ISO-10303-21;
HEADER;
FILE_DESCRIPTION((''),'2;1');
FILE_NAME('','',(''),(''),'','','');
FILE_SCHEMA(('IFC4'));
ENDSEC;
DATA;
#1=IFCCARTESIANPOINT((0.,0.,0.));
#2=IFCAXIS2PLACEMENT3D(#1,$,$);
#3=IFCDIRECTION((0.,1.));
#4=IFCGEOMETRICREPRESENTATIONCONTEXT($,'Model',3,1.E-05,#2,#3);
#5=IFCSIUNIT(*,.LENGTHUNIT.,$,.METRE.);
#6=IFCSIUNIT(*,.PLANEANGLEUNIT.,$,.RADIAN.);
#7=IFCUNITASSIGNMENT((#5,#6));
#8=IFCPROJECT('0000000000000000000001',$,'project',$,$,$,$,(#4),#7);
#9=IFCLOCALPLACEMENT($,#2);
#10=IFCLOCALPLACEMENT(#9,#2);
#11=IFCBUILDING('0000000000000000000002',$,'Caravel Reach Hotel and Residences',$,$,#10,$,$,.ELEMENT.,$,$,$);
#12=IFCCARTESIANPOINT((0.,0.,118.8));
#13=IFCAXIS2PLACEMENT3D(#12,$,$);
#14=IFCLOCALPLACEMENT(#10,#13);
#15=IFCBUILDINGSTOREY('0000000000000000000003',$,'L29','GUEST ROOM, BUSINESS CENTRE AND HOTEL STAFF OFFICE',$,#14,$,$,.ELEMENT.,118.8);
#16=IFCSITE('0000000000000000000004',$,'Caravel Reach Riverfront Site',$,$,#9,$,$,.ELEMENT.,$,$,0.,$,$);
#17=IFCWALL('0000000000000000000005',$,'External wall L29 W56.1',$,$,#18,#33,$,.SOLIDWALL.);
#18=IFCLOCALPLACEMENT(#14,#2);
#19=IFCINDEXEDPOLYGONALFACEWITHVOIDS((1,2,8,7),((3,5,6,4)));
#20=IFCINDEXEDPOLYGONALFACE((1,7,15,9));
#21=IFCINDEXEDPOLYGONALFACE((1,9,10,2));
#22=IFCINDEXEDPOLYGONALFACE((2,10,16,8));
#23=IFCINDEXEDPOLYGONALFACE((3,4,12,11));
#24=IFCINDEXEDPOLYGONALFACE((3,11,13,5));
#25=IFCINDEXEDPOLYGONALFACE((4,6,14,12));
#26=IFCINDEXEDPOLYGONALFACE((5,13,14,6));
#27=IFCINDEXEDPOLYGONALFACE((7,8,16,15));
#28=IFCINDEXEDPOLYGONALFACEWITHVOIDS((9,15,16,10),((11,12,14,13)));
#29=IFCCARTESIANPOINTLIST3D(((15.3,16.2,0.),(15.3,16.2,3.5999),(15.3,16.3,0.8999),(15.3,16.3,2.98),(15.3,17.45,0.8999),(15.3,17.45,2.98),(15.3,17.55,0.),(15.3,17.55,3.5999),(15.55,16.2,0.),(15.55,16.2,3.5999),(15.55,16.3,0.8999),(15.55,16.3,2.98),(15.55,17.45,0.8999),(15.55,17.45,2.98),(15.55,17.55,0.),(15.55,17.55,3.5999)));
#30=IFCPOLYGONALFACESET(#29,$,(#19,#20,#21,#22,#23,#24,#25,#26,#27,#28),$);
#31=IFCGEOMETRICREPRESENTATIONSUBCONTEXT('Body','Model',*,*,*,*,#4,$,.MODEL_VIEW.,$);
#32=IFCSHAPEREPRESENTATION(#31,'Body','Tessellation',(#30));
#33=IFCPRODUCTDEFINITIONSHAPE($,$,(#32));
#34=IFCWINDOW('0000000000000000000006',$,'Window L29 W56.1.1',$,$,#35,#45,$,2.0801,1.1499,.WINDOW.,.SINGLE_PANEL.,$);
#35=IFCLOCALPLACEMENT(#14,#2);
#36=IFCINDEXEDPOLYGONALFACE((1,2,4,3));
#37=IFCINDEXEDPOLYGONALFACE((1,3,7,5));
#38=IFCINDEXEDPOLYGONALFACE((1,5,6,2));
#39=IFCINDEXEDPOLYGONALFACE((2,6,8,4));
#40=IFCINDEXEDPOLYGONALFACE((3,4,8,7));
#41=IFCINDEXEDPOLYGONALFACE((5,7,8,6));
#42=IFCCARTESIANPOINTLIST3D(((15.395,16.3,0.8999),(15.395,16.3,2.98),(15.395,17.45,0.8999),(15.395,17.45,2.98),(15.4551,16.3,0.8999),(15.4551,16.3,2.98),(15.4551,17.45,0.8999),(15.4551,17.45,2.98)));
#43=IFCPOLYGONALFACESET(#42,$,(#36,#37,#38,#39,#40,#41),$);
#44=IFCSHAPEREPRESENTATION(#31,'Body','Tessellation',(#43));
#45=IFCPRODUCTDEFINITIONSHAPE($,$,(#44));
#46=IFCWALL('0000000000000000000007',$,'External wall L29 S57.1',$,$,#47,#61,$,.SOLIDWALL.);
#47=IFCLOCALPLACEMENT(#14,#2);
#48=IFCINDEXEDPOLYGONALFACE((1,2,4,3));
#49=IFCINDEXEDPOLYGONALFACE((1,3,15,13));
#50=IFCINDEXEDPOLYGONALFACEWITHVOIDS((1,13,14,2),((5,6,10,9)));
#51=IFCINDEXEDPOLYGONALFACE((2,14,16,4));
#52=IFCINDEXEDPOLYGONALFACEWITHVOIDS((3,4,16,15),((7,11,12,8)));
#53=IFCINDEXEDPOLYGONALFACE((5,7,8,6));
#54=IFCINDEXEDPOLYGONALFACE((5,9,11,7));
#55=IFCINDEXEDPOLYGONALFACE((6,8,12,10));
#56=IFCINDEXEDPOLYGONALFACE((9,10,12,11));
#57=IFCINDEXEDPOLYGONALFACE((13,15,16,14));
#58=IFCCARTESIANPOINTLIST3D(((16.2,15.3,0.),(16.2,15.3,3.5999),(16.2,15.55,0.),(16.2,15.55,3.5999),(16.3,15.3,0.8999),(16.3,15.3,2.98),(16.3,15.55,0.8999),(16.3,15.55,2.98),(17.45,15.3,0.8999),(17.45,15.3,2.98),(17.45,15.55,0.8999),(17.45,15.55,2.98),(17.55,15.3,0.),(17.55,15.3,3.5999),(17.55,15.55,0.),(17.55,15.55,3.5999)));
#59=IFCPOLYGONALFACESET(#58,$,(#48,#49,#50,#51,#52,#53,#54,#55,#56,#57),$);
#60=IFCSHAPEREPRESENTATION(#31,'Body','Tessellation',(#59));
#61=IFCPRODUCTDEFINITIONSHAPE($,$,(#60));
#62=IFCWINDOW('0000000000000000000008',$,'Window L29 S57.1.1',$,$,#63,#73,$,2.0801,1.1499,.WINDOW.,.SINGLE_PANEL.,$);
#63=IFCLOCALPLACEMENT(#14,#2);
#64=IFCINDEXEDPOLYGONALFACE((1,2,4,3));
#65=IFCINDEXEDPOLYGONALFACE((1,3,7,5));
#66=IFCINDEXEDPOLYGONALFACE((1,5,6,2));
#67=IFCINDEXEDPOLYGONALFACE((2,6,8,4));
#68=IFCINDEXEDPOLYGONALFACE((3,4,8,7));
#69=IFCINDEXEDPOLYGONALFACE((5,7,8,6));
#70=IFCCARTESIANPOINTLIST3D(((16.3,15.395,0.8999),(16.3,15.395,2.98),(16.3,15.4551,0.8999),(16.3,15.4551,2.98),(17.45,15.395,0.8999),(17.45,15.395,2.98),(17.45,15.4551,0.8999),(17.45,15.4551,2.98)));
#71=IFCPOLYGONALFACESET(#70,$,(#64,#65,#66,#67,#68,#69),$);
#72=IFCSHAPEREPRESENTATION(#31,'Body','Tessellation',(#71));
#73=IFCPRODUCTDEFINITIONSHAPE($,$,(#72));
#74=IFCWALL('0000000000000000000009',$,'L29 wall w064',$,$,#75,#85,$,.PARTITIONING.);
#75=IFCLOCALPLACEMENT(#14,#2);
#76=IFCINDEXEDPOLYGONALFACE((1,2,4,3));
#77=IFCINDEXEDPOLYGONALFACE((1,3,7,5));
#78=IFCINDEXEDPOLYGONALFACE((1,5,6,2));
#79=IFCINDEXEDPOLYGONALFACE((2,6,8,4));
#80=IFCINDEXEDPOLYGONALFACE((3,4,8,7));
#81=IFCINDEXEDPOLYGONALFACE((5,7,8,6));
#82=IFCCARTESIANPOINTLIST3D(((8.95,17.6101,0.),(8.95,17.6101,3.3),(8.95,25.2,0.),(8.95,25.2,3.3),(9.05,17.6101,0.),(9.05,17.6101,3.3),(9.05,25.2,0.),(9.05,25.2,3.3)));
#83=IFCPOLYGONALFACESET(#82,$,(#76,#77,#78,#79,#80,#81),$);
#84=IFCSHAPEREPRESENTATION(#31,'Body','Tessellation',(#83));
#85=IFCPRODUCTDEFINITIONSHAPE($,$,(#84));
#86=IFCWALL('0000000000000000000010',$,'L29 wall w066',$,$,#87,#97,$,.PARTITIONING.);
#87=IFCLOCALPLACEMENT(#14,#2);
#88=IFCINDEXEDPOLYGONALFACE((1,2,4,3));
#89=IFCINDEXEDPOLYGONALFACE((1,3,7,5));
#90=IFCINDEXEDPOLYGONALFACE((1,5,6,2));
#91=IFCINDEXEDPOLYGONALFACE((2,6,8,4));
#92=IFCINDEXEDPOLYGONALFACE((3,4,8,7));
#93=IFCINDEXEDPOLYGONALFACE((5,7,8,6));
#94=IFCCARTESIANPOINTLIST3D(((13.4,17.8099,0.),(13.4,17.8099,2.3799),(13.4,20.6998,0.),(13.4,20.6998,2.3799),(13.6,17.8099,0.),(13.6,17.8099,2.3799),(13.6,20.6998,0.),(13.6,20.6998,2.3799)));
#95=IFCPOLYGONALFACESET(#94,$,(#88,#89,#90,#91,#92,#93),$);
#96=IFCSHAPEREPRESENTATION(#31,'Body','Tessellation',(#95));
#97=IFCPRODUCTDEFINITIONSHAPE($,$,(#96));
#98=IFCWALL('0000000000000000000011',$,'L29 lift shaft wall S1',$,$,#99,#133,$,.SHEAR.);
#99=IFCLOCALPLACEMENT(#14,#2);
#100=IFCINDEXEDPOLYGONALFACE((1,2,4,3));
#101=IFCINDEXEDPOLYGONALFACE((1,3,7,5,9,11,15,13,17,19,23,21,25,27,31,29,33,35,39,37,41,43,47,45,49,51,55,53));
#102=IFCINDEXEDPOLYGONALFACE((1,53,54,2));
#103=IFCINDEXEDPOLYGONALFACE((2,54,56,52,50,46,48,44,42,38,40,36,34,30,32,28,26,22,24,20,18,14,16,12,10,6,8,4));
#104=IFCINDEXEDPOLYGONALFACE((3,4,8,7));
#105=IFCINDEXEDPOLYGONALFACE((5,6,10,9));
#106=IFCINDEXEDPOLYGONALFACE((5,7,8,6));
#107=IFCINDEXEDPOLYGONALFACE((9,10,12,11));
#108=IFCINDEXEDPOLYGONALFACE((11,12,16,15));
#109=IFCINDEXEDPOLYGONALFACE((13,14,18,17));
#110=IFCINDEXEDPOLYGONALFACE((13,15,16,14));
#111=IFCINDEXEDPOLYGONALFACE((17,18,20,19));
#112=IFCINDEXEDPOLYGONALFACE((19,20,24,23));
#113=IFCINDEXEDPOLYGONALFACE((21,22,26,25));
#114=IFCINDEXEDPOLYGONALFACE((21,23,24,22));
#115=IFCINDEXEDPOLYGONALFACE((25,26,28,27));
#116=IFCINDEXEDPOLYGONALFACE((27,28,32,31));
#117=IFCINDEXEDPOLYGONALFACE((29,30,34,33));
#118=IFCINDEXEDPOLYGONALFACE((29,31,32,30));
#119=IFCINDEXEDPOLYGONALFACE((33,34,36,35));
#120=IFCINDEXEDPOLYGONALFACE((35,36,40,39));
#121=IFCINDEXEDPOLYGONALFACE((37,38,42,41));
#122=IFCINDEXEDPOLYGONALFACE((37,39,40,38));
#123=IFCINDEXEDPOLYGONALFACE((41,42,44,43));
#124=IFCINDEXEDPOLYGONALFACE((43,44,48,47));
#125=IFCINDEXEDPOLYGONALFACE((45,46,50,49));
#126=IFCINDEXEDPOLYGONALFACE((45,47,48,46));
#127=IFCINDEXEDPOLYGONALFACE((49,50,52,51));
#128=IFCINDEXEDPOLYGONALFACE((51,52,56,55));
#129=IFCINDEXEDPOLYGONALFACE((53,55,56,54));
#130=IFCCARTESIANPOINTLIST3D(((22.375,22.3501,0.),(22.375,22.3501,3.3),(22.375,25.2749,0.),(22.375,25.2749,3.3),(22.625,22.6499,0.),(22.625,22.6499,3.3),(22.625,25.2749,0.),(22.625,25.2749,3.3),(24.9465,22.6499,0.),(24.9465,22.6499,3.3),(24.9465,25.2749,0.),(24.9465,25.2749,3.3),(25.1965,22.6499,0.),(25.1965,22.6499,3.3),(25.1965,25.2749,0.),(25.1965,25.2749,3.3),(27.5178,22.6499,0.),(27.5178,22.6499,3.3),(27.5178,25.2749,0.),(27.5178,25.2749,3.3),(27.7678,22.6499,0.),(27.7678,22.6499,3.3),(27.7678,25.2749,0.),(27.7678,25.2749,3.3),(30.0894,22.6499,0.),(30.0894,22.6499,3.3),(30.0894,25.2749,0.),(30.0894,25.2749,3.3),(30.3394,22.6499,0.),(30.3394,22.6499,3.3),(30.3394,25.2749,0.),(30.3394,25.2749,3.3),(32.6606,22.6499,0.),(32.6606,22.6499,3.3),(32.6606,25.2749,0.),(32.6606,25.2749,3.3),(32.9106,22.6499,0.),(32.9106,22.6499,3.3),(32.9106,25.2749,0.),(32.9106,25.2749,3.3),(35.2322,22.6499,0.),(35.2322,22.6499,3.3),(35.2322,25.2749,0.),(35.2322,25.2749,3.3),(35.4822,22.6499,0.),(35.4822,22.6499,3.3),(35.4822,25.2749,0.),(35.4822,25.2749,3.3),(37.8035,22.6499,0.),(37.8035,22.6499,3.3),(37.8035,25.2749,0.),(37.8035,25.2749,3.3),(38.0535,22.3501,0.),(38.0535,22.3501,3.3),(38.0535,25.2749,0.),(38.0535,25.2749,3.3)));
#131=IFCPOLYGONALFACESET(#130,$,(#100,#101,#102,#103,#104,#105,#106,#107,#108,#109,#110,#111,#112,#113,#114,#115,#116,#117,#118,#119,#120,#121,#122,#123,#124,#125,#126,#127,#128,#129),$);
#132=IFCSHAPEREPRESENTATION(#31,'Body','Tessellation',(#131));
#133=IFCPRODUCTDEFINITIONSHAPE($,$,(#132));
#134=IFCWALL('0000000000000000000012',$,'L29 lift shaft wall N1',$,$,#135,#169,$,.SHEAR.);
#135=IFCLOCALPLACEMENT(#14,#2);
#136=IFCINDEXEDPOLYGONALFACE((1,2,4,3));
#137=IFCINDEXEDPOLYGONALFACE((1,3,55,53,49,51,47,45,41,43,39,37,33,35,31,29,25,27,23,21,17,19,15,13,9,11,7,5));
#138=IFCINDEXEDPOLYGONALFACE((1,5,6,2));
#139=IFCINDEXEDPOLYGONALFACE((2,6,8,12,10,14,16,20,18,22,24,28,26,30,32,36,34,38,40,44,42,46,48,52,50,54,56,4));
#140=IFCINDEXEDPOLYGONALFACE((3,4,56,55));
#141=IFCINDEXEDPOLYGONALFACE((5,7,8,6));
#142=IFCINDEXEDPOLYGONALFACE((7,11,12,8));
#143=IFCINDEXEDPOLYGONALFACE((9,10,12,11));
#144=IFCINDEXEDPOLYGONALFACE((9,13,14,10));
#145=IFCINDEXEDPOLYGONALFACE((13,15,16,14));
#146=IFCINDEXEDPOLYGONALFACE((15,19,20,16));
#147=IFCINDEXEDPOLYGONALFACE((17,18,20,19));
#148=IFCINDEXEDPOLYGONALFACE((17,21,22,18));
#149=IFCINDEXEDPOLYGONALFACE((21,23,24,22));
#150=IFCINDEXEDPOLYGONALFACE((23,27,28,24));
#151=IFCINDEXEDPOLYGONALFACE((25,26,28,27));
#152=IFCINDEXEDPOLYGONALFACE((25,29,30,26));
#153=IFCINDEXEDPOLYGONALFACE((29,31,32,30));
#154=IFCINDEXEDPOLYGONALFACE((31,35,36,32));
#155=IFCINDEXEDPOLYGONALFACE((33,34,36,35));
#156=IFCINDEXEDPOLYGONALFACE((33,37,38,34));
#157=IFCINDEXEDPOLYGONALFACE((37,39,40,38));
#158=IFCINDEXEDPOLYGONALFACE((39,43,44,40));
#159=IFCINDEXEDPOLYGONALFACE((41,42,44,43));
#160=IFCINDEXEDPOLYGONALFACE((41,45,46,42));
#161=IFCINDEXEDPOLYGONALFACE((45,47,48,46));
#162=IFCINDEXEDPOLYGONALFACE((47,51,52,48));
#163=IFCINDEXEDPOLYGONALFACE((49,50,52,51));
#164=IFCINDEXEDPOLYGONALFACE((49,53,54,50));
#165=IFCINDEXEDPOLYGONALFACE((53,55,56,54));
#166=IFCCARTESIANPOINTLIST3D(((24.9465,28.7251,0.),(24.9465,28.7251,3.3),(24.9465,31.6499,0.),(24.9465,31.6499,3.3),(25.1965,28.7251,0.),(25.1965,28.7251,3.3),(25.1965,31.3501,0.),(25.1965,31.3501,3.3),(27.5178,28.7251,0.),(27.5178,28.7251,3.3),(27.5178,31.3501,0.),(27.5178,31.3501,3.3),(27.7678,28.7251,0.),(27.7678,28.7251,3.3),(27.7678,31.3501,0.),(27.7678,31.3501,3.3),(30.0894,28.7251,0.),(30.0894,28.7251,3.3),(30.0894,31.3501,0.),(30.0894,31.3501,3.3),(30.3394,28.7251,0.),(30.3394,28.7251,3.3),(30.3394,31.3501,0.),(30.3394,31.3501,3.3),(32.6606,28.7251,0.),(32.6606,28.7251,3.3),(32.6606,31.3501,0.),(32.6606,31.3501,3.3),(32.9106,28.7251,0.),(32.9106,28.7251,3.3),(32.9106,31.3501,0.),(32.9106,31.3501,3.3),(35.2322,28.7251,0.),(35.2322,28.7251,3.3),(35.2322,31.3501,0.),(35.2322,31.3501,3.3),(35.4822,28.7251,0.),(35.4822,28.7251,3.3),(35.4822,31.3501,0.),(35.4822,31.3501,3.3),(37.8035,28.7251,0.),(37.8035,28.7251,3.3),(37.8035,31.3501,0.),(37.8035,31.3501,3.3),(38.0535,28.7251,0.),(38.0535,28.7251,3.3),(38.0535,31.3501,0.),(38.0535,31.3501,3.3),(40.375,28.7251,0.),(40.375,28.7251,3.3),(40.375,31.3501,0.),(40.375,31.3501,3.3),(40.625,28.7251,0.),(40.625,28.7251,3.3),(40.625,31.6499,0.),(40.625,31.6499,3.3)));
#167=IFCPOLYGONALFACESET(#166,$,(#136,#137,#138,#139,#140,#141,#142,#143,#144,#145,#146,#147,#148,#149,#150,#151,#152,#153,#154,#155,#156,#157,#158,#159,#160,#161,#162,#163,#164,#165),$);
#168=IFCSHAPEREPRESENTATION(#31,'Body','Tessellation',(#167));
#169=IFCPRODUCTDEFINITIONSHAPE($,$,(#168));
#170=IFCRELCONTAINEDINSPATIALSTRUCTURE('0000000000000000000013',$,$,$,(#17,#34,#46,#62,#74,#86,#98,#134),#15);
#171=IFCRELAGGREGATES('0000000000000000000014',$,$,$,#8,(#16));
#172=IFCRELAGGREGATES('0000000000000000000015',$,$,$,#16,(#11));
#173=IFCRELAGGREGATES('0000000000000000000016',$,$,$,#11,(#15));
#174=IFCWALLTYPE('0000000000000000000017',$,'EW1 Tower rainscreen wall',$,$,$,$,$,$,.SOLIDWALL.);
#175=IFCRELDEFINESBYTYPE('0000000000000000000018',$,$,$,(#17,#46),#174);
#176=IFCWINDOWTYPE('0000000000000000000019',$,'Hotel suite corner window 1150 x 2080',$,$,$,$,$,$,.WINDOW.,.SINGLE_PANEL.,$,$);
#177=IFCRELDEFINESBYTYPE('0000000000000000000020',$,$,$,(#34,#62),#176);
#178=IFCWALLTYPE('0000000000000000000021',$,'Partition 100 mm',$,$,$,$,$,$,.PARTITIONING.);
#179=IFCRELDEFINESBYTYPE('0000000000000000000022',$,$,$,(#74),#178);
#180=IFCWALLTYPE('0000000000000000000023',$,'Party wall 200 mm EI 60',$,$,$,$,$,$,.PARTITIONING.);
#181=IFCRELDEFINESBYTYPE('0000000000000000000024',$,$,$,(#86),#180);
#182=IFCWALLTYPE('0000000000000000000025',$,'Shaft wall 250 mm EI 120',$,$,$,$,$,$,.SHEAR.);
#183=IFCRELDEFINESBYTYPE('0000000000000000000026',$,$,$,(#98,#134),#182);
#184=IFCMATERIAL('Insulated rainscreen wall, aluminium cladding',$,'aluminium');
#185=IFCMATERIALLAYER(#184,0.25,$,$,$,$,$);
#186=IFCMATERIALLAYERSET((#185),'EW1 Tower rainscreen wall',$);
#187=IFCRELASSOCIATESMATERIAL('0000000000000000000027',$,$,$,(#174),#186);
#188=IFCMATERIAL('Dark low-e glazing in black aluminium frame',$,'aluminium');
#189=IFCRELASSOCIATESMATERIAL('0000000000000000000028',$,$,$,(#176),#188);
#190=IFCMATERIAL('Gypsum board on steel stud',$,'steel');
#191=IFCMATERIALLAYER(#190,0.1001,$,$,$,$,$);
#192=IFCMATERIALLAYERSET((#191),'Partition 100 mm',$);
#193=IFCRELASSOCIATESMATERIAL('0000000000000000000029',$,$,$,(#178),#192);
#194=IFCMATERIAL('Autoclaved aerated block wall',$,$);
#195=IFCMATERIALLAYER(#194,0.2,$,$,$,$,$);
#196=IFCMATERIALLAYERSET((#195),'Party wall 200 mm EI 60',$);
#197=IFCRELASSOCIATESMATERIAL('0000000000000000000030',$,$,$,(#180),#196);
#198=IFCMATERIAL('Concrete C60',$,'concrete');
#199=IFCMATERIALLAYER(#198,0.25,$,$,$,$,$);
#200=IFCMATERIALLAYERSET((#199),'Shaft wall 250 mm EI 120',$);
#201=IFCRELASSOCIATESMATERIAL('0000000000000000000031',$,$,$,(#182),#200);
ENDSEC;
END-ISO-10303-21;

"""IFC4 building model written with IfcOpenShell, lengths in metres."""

from ifc_helpers import new_model, si_unit, direction, frame, frame_2d, origin, place, context, subcontext, project, spatial, polyline, rectangle, outline, extrude, material, layer, layer_set, type_object, element, fill, save


model = new_model("IFC4")

# Units and contexts
model_context = context("Model", 3, precision=1e-05, world=origin(), true_north=direction((0.0, 1.0)))
body_context = subcontext(model_context, "Body", "Model", "MODEL_VIEW")
ifc_project = project(units=[si_unit("LENGTHUNIT", "METRE"), si_unit("PLANEANGLEUNIT", "RADIAN")], contexts=[model_context])

# Site, building, storey
site_placement = place(None, origin())
site = spatial("IfcSite", under=ifc_project, at=site_placement, Name="Caravel Reach Riverfront Site", CompositionType="ELEMENT", RefElevation=0.0)
building_placement = place(site_placement, origin())
building = spatial("IfcBuilding", under=site, at=building_placement, Name="Caravel Reach Hotel and Residences", CompositionType="ELEMENT")
storey_placement = place(building_placement, frame((0.0, 0.0, 118.8)))
storey = spatial("IfcBuildingStorey", under=building, at=storey_placement, Name="L29", Description="GUEST ROOM, BUSINESS CENTRE AND HOTEL STAFF OFFICE", CompositionType="ELEMENT", Elevation=118.8)

# Shared definitions
ifc_material_1 = material(Name="Insulated rainscreen wall, aluminium cladding", Category="aluminium")
ifc_layer_1 = layer(ifc_material_1, 0.25)
ifc_layer_set_1 = layer_set([ifc_layer_1], Name="EW1 Tower rainscreen wall")
wall_type_1 = type_object("IfcWallType", Name="EW1 Tower rainscreen wall", PredefinedType="SOLIDWALL", material=ifc_layer_set_1)

# Walls, openings, windows
ifc_material_2 = material(Name="Dark low-e glazing in black aluminium frame", Category="aluminium")
window_type_1 = type_object("IfcWindowType", Name="Hotel suite corner window 1150 x 2080", PartitioningType="SINGLE_PANEL", PredefinedType="WINDOW", material=ifc_material_2)
wall_1_placement = place(storey_placement, frame((15.425, 17.55, 0.0), z_axis=(0.0, 0.0, 1.0), x_axis=(0.0, -1.0, 0.0)))
wall_1 = element("IfcWall", 1, at=wall_1_placement, inside=storey, type_object=wall_type_1, Name="External wall L29 W56.1", PredefinedType="SOLIDWALL", context=body_context, shape_type="SweptSolid", body=[
    extrude(rectangle(XDim=1.3501, YDim=0.25, at=frame_2d((0.675, 0.0))), origin(), (0.0, 0.0, 1.0), 3.5999),
])
opening_1_placement = place(wall_1_placement, frame((0.1001, 0.0, 0.8999)))
opening_1 = element("IfcOpeningElement", 2, at=opening_1_placement, cuts=wall_1, PredefinedType="OPENING", context=body_context, shape_type="SweptSolid", body=[
    extrude(rectangle(XDim=1.1499, YDim=2.0801, at=frame_2d((0.575, 1.04))), frame((0.0, 0.135, 0.0), z_axis=(0.0, -1.0, 0.0), x_axis=(1.0, 0.0, 0.0)), (0.0, 0.0, 1.0), 0.27),
])
window_1_placement = place(opening_1_placement, origin())
window_1 = element("IfcWindow", 3, at=window_1_placement, inside=storey, type_object=window_type_1, Name="Window L29 W56.1.1", OverallHeight=2.0801, OverallWidth=1.1499, PartitioningType="SINGLE_PANEL", PredefinedType="WINDOW", context=body_context, shape_type="SweptSolid", body=[
    extrude(rectangle(XDim=1.1499, YDim=2.0801, at=frame_2d((0.575, 1.04))), frame((0.0, 0.03, 0.0), z_axis=(0.0, -1.0, 0.0), x_axis=(1.0, 0.0, 0.0)), (0.0, 0.0, 1.0), 0.0601),
])
fill(opening_1, window_1)
wall_2_placement = place(storey_placement, frame((16.2, 15.425, 0.0), z_axis=(0.0, 0.0, 1.0), x_axis=(1.0, 0.0, 0.0)))
wall_2 = element("IfcWall", 4, at=wall_2_placement, inside=storey, type_object=wall_type_1, Name="External wall L29 S57.1", PredefinedType="SOLIDWALL", context=body_context, shape_type="SweptSolid", body=[
    extrude(rectangle(XDim=1.3501, YDim=0.25, at=frame_2d((0.675, 0.0))), origin(), (0.0, 0.0, 1.0), 3.5999),
])
opening_2_placement = place(wall_2_placement, frame((0.1001, 0.0, 0.8999)))
opening_2 = element("IfcOpeningElement", 5, at=opening_2_placement, cuts=wall_2, PredefinedType="OPENING", context=body_context, shape_type="SweptSolid", body=[
    extrude(rectangle(XDim=1.1499, YDim=2.0801, at=frame_2d((0.575, 1.04))), frame((0.0, 0.135, 0.0), z_axis=(0.0, -1.0, 0.0), x_axis=(1.0, 0.0, 0.0)), (0.0, 0.0, 1.0), 0.27),
])
window_2_placement = place(opening_2_placement, origin())
window_2 = element("IfcWindow", 6, at=window_2_placement, inside=storey, type_object=window_type_1, Name="Window L29 S57.1.1", OverallHeight=2.0801, OverallWidth=1.1499, PartitioningType="SINGLE_PANEL", PredefinedType="WINDOW", context=body_context, shape_type="SweptSolid", body=[
    extrude(rectangle(XDim=1.1499, YDim=2.0801, at=frame_2d((0.575, 1.04))), frame((0.0, 0.03, 0.0), z_axis=(0.0, -1.0, 0.0), x_axis=(1.0, 0.0, 0.0)), (0.0, 0.0, 1.0), 0.0601),
])
fill(opening_2, window_2)

# Walls
ifc_material_3 = material(Name="Gypsum board on steel stud", Category="steel")
ifc_layer_2 = layer(ifc_material_3, 0.1001)
ifc_layer_set_2 = layer_set([ifc_layer_2], Name="Partition 100 mm")
wall_type_2 = type_object("IfcWallType", Name="Partition 100 mm", PredefinedType="PARTITIONING", material=ifc_layer_set_2)
wall_3_placement = place(storey_placement, frame((9.0, 17.6101, 0.0), z_axis=(0.0, 0.0, 1.0), x_axis=(0.0, 1.0, 0.0)))
element("IfcWall", 7, at=wall_3_placement, inside=storey, type_object=wall_type_2, Name="L29 wall w064", PredefinedType="PARTITIONING", context=body_context, shape_type="SweptSolid", body=[
    extrude(rectangle(XDim=7.5898, YDim=0.1001, at=frame_2d((3.7949, 0.0))), origin(), (0.0, 0.0, 1.0), 3.3),
])
ifc_material_4 = material(Name="Autoclaved aerated block wall")
ifc_layer_3 = layer(ifc_material_4, 0.2)
ifc_layer_set_3 = layer_set([ifc_layer_3], Name="Party wall 200 mm EI 60")
wall_type_3 = type_object("IfcWallType", Name="Party wall 200 mm EI 60", PredefinedType="PARTITIONING", material=ifc_layer_set_3)
wall_4_placement = place(storey_placement, frame((13.5, 17.8101, 0.0), z_axis=(0.0, 0.0, 1.0), x_axis=(0.0, 1.0, 0.0)))
element("IfcWall", 8, at=wall_4_placement, inside=storey, type_object=wall_type_3, Name="L29 wall w066", PredefinedType="PARTITIONING", context=body_context, shape_type="SweptSolid", body=[
    extrude(rectangle(XDim=2.8899, YDim=0.2, at=frame_2d((1.4448, 0.0))), origin(), (0.0, 0.0, 1.0), 2.3799),
])
ifc_material_5 = material(Name="Concrete C60", Category="concrete")
ifc_layer_4 = layer(ifc_material_5, 0.25)
ifc_layer_set_4 = layer_set([ifc_layer_4], Name="Shaft wall 250 mm EI 120")
wall_type_4 = type_object("IfcWallType", Name="Shaft wall 250 mm EI 120", PredefinedType="SHEAR", material=ifc_layer_set_4)
wall_5_placement = place(storey_placement, origin())
element("IfcWall", 9, at=wall_5_placement, inside=storey, type_object=wall_type_4, Name="L29 lift shaft wall S1", PredefinedType="SHEAR", context=body_context, shape_type="SweptSolid", body=[
    extrude(outline(polyline([(22.375, 22.3501), (38.0535, 22.3501), (38.0535, 25.2749), (37.8035, 25.2749), (37.8035, 22.6499), (35.4822, 22.6499), (35.4822, 25.2749), (35.2322, 25.2749), (35.2322, 22.6499), (32.9106, 22.6499), (32.9106, 25.2749), (32.6606, 25.2749), (32.6606, 22.6499), (30.3394, 22.6499), (30.3394, 25.2749), (30.0894, 25.2749), (30.0894, 22.6499), (27.7678, 22.6499), (27.7678, 25.2749), (27.5178, 25.2749), (27.5178, 22.6499), (25.1965, 22.6499), (25.1965, 25.2749), (24.9465, 25.2749), (24.9465, 22.6499), (22.625, 22.6499), (22.625, 25.2749), (22.375, 25.2749), (22.375, 22.3501)])), origin(), (0.0, 0.0, 1.0), 3.3),
])
wall_6_placement = place(storey_placement, origin())
element("IfcWall", 10, at=wall_6_placement, inside=storey, type_object=wall_type_4, Name="L29 lift shaft wall N1", PredefinedType="SHEAR", context=body_context, shape_type="SweptSolid", body=[
    extrude(outline(polyline([(24.9465, 28.7251), (25.1965, 28.7251), (25.1965, 31.3501), (27.5178, 31.3501), (27.5178, 28.7251), (27.7678, 28.7251), (27.7678, 31.3501), (30.0894, 31.3501), (30.0894, 28.7251), (30.3394, 28.7251), (30.3394, 31.3501), (32.6606, 31.3501), (32.6606, 28.7251), (32.9106, 28.7251), (32.9106, 31.3501), (35.2322, 31.3501), (35.2322, 28.7251), (35.4822, 28.7251), (35.4822, 31.3501), (37.8035, 31.3501), (37.8035, 28.7251), (38.0535, 28.7251), (38.0535, 31.3501), (40.375, 31.3501), (40.375, 28.7251), (40.625, 28.7251), (40.625, 31.6499), (24.9465, 31.6499), (24.9465, 28.7251)])), origin(), (0.0, 0.0, 1.0), 3.3),
])

save(model, "model.ifc")
